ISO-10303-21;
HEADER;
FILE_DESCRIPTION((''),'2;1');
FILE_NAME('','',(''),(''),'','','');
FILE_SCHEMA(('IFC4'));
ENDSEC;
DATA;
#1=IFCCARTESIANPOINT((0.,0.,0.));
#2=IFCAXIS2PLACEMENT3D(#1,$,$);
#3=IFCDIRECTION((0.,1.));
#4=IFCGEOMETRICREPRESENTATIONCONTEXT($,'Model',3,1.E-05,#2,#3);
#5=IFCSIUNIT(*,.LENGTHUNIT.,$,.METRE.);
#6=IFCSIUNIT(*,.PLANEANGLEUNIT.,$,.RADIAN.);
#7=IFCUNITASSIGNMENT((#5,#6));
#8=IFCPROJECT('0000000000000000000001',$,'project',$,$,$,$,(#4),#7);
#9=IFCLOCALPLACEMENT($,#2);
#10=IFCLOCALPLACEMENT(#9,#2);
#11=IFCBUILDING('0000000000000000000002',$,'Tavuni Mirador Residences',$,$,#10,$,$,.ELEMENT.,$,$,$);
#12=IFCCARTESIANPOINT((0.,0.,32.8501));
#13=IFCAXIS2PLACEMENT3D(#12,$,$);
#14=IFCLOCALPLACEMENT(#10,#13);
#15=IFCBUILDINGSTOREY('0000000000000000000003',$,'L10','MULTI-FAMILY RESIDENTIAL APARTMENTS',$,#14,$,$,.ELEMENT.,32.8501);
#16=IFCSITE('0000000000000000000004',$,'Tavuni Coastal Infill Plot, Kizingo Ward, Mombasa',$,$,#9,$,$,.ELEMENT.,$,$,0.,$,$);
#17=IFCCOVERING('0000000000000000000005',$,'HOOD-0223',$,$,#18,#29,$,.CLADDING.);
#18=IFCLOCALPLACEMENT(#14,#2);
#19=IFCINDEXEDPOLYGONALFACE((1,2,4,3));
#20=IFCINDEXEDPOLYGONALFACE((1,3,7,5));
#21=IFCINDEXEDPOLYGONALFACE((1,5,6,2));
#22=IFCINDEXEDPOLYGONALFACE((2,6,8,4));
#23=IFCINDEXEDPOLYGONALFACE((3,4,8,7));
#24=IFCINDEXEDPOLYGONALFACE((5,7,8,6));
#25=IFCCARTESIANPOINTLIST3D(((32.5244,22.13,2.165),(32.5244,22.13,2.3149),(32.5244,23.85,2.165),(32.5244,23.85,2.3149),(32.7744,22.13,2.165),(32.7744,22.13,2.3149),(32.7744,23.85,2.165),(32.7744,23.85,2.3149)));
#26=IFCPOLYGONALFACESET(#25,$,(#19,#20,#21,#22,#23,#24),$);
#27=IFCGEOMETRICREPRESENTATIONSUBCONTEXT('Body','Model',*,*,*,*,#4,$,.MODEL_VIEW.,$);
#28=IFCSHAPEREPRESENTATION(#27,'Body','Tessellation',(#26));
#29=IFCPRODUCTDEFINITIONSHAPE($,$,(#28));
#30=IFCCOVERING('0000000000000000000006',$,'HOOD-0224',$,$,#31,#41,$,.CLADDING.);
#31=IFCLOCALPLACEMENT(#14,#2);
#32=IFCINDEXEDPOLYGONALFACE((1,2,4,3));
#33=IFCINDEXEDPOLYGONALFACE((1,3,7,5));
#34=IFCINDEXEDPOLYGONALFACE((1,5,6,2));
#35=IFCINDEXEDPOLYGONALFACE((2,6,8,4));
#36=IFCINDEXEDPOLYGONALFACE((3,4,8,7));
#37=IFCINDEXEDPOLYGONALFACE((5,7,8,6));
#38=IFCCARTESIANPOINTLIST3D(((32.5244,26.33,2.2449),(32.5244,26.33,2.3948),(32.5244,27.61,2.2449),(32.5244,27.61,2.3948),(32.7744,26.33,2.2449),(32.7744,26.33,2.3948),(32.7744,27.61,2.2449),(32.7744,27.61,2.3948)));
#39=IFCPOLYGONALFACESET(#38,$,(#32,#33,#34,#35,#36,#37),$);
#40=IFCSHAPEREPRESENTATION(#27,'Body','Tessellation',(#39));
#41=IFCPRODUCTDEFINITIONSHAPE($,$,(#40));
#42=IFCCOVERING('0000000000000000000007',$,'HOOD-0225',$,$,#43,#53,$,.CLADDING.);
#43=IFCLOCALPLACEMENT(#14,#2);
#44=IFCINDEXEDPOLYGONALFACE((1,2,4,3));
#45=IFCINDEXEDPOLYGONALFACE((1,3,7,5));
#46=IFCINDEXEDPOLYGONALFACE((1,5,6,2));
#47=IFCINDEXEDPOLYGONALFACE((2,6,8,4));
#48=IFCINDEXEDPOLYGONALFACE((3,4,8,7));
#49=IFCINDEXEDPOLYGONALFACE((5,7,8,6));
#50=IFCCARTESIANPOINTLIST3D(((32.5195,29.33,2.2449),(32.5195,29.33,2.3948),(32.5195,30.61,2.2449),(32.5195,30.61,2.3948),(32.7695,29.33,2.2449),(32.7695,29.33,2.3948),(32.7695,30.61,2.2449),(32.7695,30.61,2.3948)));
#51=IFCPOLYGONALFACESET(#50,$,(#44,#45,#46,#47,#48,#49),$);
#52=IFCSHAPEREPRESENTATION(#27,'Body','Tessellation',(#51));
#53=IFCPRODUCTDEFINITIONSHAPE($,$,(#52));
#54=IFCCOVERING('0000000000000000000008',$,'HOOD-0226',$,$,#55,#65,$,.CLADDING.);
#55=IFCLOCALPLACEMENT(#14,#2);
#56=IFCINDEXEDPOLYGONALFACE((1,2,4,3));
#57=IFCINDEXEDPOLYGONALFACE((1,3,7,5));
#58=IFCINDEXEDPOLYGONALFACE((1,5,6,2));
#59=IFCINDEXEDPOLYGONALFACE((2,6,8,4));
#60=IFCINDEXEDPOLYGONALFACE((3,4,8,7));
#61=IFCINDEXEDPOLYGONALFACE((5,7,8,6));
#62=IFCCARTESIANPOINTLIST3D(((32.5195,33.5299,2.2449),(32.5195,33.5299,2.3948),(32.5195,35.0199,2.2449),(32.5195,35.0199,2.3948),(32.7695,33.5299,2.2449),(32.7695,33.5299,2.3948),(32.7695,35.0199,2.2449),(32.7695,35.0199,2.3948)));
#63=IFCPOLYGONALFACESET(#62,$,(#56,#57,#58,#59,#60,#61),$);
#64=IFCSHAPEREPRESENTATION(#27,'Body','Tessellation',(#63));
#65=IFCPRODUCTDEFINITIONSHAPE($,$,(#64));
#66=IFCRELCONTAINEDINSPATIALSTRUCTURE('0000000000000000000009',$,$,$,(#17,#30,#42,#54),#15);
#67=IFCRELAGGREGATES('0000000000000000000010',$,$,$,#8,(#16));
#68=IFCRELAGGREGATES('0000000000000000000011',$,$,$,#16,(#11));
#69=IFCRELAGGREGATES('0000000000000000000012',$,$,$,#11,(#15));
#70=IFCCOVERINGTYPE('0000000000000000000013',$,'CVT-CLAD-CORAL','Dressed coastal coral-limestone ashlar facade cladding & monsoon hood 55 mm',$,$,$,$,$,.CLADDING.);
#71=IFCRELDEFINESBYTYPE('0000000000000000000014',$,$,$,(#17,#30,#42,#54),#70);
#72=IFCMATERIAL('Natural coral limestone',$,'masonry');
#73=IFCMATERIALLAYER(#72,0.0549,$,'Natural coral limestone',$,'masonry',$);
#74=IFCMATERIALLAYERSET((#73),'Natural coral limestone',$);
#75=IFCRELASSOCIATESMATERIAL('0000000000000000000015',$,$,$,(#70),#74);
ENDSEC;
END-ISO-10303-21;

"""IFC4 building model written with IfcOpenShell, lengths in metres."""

from ifc_helpers import new_model, si_unit, direction, frame, origin, origin_2d, place, context, subcontext, project, spatial, rectangle, extrude, material, layer, layer_set, type_object, element, save


model = new_model("IFC4")

# Units and contexts
model_context = context("Model", 3, precision=1e-05, world=origin(), true_north=direction((0.0, 1.0)))
body_context = subcontext(model_context, "Body", "Model", "MODEL_VIEW")
ifc_project = project(units=[si_unit("LENGTHUNIT", "METRE"), si_unit("PLANEANGLEUNIT", "RADIAN")], contexts=[model_context])

# Site, building, storey
site_placement = place(None, origin())
site = spatial("IfcSite", under=ifc_project, at=site_placement, Name="Tavuni Coastal Infill Plot, Kizingo Ward, Mombasa", CompositionType="ELEMENT", RefElevation=0.0)
building_placement = place(site_placement, origin())
building = spatial("IfcBuilding", under=site, at=building_placement, Name="Tavuni Mirador Residences", CompositionType="ELEMENT")
storey_placement = place(building_placement, frame((0.0, 0.0, 32.8501)))
storey = spatial("IfcBuildingStorey", under=building, at=storey_placement, Name="L10", Description="MULTI-FAMILY RESIDENTIAL APARTMENTS", CompositionType="ELEMENT", Elevation=32.8501)

# Coverings
ifc_material_1 = material(Name="Natural coral limestone", Category="masonry")
ifc_layer_1 = layer(ifc_material_1, 0.0549, Name="Natural coral limestone", Category="masonry")
ifc_layer_set_1 = layer_set([ifc_layer_1], Name="Natural coral limestone")
covering_type = type_object("IfcCoveringType", Name="CVT-CLAD-CORAL", Description="Dressed coastal coral-limestone ashlar facade cladding & monsoon hood 55 mm", PredefinedType="CLADDING", material=ifc_layer_set_1)
covering_1_placement = place(storey_placement, frame((32.6494, 22.99, 2.165), z_axis=(0.0, 0.0, 1.0), x_axis=(0.0, 1.0, 0.0)))
element("IfcCovering", 1, at=covering_1_placement, inside=storey, type_object=covering_type, Name="HOOD-0223", PredefinedType="CLADDING", context=body_context, shape_type="SweptSolid", body=[
    extrude(rectangle(XDim=1.72, YDim=0.25, at=origin_2d()), origin(), (0.0, 0.0, 1.0), 0.1499),
])
for number, where, z_axis, x_axis, name in (
    (2, (32.6494, 26.97, 2.2449), (0.0, 0.0, 1.0), (0.0, 1.0, 0.0), "HOOD-0224"),
    (3, (32.6445, 29.97, 2.2449), (0.0, 0.0, 1.0), (0.0, 1.0, 0.0), "HOOD-0225"),
):
    element("IfcCovering", number, at=place(storey_placement, frame(where, z_axis=z_axis, x_axis=x_axis)), inside=storey, type_object=covering_type, Name=name, PredefinedType="CLADDING", context=body_context, shape_type="SweptSolid", body=[
        extrude(rectangle(XDim=1.28, YDim=0.25, at=origin_2d()), origin(), (0.0, 0.0, 1.0), 0.1499),
    ])
covering_2_placement = place(storey_placement, frame((32.6445, 34.2749, 2.2449), z_axis=(0.0, 0.0, 1.0), x_axis=(0.0, 1.0, 0.0)))
element("IfcCovering", 4, at=covering_2_placement, inside=storey, type_object=covering_type, Name="HOOD-0226", PredefinedType="CLADDING", context=body_context, shape_type="SweptSolid", body=[
    extrude(rectangle(XDim=1.49, YDim=0.25, at=origin_2d()), origin(), (0.0, 0.0, 1.0), 0.1499),
])

save(model, "model.ifc")
